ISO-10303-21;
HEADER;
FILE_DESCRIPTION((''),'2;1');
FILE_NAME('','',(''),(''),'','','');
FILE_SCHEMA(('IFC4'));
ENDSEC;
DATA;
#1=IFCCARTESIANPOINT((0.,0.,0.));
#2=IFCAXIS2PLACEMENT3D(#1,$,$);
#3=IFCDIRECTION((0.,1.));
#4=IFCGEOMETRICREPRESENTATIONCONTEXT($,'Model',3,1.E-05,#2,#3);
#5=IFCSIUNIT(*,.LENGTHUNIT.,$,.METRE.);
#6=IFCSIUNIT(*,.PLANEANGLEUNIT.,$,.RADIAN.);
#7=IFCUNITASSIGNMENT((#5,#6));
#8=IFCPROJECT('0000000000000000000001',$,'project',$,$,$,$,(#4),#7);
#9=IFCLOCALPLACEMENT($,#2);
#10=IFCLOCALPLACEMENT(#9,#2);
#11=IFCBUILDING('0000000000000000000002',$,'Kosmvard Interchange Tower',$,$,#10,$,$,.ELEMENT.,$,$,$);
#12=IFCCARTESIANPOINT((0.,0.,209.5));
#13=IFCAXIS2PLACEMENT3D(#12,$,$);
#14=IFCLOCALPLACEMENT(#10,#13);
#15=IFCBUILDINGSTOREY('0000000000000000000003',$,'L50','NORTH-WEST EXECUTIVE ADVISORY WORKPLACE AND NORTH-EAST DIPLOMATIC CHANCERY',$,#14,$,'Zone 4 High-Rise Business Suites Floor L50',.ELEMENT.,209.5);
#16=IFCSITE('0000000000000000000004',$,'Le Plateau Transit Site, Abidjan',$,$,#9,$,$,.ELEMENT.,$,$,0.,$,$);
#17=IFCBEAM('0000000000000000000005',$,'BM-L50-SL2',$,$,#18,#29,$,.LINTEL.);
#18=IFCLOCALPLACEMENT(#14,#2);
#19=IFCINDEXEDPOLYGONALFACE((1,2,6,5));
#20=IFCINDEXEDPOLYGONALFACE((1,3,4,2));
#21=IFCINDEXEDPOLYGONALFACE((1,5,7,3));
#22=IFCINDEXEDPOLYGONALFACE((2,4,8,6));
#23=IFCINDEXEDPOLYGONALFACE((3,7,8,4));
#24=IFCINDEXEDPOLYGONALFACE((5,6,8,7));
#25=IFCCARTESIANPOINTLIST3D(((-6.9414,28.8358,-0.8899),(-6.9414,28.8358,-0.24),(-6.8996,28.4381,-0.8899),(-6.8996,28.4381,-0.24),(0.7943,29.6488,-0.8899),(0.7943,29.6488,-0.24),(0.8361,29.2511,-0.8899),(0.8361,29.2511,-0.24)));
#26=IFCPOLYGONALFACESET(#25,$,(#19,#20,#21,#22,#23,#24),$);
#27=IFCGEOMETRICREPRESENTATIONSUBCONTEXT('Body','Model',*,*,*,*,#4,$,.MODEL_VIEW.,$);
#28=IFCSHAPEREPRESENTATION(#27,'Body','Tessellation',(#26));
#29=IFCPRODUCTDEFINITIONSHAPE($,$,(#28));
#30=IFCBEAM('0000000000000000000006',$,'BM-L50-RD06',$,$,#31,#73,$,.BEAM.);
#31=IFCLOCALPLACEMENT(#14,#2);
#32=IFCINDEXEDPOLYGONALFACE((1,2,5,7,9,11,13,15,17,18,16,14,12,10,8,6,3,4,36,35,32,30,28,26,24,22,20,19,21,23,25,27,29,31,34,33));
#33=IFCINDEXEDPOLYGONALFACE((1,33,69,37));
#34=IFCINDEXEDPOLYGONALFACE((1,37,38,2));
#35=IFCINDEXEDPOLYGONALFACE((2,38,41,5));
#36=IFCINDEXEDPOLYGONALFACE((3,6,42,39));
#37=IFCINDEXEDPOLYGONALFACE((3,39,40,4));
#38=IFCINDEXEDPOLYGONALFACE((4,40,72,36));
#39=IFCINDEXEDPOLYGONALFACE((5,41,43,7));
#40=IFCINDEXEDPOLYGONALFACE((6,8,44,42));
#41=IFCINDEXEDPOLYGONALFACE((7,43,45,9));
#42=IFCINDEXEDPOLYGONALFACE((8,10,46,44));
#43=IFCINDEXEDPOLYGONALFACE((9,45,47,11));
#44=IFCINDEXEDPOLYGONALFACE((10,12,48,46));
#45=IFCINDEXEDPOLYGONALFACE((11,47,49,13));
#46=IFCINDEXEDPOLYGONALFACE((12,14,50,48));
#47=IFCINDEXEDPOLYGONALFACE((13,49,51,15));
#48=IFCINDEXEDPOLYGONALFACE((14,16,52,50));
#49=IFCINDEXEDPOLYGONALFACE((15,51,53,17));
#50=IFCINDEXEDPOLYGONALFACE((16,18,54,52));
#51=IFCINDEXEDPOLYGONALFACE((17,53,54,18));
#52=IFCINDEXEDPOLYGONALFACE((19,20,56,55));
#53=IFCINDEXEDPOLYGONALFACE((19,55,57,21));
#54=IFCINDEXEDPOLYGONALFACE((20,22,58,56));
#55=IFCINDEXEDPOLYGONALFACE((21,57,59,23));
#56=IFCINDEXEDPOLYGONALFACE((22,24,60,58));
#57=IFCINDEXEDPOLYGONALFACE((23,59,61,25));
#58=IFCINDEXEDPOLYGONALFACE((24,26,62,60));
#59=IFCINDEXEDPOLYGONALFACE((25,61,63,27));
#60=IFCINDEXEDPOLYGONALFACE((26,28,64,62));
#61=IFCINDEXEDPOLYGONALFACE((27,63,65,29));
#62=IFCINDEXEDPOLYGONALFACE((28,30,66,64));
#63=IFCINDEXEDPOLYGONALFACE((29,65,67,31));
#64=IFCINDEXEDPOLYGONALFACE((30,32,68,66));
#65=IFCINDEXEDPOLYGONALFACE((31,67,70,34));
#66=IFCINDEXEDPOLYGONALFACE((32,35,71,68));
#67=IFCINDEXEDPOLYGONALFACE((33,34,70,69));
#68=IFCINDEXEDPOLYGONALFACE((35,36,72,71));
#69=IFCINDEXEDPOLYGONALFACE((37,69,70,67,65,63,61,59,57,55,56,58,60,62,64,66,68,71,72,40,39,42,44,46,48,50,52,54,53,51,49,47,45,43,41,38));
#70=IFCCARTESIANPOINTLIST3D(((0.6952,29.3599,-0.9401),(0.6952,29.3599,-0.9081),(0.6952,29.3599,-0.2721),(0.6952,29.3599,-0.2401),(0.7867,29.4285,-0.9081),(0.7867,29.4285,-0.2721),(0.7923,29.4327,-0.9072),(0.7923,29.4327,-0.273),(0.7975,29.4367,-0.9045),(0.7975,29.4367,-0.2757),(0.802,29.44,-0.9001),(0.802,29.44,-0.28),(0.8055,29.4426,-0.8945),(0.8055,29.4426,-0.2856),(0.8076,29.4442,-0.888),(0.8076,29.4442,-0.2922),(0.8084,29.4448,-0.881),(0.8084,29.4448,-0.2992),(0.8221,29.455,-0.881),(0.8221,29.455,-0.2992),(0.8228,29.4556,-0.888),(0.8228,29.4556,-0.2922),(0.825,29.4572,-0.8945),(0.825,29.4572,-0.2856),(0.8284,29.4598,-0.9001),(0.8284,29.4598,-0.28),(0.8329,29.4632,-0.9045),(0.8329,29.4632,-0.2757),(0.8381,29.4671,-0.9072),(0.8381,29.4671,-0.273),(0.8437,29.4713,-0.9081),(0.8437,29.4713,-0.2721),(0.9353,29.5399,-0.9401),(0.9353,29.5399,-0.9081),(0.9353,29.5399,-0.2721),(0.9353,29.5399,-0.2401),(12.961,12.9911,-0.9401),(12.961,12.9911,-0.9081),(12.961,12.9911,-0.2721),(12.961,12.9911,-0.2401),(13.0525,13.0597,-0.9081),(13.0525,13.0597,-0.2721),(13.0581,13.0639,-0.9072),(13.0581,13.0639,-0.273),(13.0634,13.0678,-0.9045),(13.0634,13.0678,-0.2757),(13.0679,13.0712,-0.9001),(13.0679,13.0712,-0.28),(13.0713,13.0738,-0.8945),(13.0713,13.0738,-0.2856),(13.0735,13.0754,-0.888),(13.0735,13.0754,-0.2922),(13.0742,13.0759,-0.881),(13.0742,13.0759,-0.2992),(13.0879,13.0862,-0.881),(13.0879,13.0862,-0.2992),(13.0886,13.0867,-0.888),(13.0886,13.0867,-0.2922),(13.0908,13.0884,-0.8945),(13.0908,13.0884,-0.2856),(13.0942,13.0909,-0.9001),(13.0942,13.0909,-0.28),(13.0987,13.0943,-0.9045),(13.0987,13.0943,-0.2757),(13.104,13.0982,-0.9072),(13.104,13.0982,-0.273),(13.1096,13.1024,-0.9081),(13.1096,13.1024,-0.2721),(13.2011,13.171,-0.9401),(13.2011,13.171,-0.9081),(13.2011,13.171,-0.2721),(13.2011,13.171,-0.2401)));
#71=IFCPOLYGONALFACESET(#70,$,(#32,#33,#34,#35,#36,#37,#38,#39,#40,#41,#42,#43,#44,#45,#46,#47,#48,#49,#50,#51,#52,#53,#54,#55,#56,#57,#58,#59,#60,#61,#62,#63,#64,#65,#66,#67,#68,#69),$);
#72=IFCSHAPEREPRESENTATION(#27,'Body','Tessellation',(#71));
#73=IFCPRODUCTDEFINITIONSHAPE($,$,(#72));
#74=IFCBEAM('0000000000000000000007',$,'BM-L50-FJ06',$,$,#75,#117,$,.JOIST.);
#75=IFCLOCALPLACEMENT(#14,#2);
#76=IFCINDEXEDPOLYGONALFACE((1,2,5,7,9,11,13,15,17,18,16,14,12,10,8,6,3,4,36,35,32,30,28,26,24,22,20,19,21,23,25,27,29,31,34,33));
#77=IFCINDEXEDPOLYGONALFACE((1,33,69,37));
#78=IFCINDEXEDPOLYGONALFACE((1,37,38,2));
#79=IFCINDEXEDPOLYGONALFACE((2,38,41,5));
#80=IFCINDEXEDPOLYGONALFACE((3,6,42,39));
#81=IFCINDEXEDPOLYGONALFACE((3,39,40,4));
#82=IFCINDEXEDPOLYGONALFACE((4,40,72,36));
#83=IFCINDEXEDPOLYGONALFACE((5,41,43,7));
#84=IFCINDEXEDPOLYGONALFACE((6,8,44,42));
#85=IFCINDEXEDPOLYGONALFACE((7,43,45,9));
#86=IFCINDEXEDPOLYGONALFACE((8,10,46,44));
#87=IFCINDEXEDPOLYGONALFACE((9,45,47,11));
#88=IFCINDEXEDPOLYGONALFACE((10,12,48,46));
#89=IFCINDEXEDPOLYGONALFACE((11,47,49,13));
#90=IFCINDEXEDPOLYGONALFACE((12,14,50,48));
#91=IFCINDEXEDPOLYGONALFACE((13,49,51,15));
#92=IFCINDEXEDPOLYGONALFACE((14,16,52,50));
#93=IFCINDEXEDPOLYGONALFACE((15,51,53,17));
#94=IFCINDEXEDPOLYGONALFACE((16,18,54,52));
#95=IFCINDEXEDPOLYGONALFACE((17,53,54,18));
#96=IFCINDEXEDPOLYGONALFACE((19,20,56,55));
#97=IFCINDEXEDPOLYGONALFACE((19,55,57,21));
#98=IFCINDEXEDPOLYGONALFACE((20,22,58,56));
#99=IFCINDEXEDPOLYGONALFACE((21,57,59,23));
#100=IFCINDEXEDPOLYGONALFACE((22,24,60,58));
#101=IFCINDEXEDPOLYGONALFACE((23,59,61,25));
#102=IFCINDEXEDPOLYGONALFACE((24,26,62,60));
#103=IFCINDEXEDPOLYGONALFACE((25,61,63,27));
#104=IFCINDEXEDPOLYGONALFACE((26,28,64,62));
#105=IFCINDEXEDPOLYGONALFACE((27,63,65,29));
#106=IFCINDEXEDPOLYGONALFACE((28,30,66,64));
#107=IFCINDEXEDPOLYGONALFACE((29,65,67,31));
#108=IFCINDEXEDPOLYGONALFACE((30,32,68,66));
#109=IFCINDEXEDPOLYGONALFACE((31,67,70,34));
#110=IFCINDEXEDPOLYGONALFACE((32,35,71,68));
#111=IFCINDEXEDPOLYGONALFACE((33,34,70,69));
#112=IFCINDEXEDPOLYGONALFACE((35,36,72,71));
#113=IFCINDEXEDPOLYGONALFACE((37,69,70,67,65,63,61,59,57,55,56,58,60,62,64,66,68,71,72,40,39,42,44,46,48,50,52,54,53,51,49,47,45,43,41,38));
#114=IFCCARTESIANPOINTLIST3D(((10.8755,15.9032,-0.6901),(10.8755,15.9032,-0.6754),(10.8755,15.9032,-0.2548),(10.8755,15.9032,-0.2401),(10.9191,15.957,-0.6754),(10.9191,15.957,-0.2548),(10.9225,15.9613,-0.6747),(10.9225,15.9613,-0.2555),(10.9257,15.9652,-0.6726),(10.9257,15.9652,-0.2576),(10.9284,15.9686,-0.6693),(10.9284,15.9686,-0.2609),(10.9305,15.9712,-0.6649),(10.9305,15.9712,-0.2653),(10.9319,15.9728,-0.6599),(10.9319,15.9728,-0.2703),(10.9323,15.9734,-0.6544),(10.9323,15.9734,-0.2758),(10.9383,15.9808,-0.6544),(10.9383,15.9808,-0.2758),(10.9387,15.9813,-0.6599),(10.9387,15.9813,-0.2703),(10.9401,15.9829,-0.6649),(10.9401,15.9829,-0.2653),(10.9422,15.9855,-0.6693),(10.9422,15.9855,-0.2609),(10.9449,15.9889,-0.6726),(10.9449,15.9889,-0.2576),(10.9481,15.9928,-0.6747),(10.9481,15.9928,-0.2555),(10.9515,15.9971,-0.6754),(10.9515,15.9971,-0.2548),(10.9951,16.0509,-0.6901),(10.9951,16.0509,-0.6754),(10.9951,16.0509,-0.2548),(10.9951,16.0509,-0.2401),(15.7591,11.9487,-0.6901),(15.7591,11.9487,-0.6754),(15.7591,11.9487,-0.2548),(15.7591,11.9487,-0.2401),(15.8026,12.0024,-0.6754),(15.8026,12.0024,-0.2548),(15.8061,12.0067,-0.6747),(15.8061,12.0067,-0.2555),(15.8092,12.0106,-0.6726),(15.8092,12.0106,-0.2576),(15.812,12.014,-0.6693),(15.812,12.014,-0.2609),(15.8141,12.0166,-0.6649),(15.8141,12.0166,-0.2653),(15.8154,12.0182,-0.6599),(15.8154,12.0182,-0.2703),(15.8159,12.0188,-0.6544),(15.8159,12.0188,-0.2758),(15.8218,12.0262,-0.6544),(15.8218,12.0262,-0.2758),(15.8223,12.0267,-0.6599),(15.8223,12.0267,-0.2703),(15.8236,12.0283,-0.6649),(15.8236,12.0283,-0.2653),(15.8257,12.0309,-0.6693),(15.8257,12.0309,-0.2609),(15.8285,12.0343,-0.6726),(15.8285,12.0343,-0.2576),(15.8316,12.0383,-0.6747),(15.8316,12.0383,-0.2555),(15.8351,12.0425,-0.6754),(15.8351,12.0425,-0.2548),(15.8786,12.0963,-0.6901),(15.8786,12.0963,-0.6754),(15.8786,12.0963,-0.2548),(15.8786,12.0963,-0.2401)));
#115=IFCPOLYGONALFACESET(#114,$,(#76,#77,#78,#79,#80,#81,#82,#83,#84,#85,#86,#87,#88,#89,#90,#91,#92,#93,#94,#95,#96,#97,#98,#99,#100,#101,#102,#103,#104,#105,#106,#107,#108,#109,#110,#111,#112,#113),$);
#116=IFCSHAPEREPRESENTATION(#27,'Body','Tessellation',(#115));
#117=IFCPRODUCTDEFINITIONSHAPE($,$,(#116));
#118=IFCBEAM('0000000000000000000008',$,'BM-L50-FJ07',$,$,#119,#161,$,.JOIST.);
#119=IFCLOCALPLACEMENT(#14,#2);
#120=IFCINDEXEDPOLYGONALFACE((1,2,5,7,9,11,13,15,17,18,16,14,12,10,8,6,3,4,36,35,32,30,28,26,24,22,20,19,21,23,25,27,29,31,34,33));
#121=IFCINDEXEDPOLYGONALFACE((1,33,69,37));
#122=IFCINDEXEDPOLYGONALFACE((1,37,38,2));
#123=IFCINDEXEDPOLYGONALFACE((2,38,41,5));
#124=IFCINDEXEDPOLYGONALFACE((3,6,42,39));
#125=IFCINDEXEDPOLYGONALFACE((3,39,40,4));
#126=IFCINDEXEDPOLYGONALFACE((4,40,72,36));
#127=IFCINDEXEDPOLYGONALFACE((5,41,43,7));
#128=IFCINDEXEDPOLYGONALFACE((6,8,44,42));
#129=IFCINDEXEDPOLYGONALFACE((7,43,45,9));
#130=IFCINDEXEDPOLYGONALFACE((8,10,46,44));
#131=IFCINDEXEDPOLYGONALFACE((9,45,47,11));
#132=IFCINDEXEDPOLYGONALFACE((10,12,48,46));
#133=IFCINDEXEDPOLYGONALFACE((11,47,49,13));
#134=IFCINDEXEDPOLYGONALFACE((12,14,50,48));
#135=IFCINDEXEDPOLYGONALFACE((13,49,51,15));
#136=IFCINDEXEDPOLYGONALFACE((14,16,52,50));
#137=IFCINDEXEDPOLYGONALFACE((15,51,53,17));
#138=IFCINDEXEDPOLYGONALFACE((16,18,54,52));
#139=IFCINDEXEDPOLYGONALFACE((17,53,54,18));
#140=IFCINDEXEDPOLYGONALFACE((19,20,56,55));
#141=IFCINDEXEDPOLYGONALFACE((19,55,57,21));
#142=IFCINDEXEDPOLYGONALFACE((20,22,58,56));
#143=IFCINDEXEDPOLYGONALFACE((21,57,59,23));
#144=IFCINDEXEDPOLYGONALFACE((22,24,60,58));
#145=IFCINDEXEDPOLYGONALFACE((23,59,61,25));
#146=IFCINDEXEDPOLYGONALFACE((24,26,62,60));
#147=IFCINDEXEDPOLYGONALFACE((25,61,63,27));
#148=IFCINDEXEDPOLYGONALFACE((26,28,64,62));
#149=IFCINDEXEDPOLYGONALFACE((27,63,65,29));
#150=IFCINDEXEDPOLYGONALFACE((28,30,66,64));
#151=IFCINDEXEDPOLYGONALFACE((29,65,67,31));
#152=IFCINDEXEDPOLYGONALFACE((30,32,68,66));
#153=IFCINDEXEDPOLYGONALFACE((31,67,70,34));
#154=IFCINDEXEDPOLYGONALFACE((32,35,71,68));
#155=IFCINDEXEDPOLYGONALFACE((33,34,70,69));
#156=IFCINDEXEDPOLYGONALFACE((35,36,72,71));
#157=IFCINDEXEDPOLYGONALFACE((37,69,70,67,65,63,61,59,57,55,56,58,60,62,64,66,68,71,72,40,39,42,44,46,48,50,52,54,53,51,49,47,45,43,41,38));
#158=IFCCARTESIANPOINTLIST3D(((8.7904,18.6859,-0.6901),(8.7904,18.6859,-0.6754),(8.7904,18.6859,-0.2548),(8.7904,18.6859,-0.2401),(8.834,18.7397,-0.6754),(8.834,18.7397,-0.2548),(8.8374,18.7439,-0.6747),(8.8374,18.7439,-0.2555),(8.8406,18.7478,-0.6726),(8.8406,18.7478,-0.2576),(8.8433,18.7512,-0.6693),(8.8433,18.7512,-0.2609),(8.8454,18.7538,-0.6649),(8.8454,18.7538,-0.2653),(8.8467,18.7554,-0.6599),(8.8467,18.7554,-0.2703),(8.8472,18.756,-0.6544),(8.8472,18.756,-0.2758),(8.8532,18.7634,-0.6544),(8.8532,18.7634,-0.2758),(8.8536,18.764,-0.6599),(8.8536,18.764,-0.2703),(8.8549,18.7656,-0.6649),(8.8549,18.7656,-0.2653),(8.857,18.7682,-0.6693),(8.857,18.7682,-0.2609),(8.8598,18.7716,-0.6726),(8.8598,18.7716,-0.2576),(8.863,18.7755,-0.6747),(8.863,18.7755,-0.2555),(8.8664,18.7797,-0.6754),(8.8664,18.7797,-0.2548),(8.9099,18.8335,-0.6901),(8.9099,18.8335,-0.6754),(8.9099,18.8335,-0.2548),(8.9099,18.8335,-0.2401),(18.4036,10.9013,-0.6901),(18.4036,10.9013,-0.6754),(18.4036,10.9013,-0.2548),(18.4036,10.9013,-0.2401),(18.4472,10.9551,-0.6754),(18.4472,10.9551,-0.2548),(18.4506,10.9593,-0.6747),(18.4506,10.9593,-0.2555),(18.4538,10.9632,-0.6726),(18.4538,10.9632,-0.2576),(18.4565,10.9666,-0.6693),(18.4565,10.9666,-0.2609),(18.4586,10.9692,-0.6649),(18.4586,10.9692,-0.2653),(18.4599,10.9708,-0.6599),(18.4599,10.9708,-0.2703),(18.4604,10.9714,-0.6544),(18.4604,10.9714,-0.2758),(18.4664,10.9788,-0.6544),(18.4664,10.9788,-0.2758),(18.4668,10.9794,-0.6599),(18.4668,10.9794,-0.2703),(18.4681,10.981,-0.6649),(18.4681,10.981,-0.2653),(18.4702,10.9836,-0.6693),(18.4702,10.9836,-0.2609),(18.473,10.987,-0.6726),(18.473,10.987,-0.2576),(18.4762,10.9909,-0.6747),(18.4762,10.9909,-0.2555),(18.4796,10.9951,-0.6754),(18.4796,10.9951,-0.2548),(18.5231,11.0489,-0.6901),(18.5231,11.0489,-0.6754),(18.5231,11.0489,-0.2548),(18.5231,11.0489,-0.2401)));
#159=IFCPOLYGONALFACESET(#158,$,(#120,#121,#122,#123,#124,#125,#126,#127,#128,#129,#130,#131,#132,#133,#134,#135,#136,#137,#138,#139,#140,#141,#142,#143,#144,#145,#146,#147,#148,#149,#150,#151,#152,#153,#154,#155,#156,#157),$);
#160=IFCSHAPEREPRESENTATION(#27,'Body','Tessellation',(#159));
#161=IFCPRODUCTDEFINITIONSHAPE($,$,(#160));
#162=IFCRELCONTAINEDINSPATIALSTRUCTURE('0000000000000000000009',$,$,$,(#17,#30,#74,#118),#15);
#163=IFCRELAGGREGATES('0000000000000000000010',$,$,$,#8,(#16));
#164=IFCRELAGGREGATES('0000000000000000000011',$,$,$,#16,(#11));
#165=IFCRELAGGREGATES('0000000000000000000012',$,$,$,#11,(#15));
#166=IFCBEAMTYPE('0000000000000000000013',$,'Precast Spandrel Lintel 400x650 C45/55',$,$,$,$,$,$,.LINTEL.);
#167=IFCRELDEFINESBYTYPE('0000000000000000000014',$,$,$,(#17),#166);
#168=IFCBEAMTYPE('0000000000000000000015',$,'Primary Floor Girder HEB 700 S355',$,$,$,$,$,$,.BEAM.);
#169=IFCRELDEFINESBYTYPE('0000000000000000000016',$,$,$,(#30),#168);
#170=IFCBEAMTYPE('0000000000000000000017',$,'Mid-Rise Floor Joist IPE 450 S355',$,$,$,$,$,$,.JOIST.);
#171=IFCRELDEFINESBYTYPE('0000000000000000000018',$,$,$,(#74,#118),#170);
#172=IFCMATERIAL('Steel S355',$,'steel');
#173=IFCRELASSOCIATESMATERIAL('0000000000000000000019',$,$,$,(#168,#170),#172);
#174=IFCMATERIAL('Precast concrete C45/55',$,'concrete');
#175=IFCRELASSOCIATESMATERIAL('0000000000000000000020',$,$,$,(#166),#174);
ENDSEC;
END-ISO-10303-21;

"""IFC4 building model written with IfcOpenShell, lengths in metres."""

from ifc_helpers import new_model, si_unit, direction, frame, origin, origin_2d, place, context, subcontext, project, spatial, rectangle, i_section, extrude, source, transform, mapped, material, material_profile, profile_set, type_object, element, save


model = new_model("IFC4")

# Units and contexts
model_context = context("Model", 3, precision=1e-05, world=origin(), true_north=direction((0.0, 1.0)))
body_context = subcontext(model_context, "Body", "Model", "MODEL_VIEW")
ifc_project = project(units=[si_unit("LENGTHUNIT", "METRE"), si_unit("PLANEANGLEUNIT", "RADIAN")], contexts=[model_context])

# Site, building, storey
site_placement = place(None, origin())
site = spatial("IfcSite", under=ifc_project, at=site_placement, Name="Le Plateau Transit Site, Abidjan", CompositionType="ELEMENT", RefElevation=0.0)
building_placement = place(site_placement, origin())
building = spatial("IfcBuilding", under=site, at=building_placement, Name="Kosmvard Interchange Tower", CompositionType="ELEMENT")
storey_placement = place(building_placement, frame((0.0, 0.0, 209.5)))
storey = spatial("IfcBuildingStorey", under=building, at=storey_placement, Name="L50", Description="NORTH-WEST EXECUTIVE ADVISORY WORKPLACE AND NORTH-EAST DIPLOMATIC CHANCERY", LongName="Zone 4 High-Rise Business Suites Floor L50", CompositionType="ELEMENT", Elevation=209.5)

# Beams
ifc_material_1 = material(Name="Steel S355", Category="steel")
ifc_material_profile_1 = material_profile(ifc_material_1, i_section(OverallWidth=0.3, OverallDepth=0.7, WebThickness=0.0171, FlangeThickness=0.032, FilletRadius=0.0271, at=origin_2d()), Name="HEB 700")
ifc_profile_set_1 = profile_set([ifc_material_profile_1], Name="Steel S355")
beam_type_1 = type_object("IfcBeamType", Name="Primary Floor Girder HEB 700 S355", PredefinedType="BEAM", material=ifc_profile_set_1)
ifc_material_2 = material(Name="Precast concrete C45/55", Category="concrete")
ifc_material_profile_2 = material_profile(ifc_material_2, rectangle(XDim=0.3999, YDim=0.6499, at=origin_2d()), Name="SL 400x650")
ifc_profile_set_2 = profile_set([ifc_material_profile_2], Name="Precast concrete C45/55")
beam_type_2 = type_object("IfcBeamType", Name="Precast Spandrel Lintel 400x650 C45/55", PredefinedType="LINTEL", material=ifc_profile_set_2)
shared_shape_1 = source(origin(), body_context, "Body", "SweptSolid", [
    extrude(rectangle(XDim=0.3999, YDim=0.6499, at=origin_2d()), origin(), (0.0, 0.0, 1.0), 7.7783),
])
beam_1_placement = place(storey_placement, frame((0.8152, 29.45, -0.5649), z_axis=(-0.994523, -0.104521, 0.0), x_axis=(0.104521, -0.994523, 0.0)))
element("IfcBeam", 1, at=beam_1_placement, inside=storey, type_object=beam_type_2, Name="BM-L50-SL2", PredefinedType="LINTEL", context=body_context, shape_type="MappedRepresentation", body=[
    mapped(shared_shape_1, transform((0.0, 0.0, 0.0), scale=1.0)),
])
shared_shape_2 = source(origin(), body_context, "Body", "SweptSolid", [
    extrude(i_section(OverallWidth=0.3, OverallDepth=0.7, WebThickness=0.0171, FlangeThickness=0.032, FilletRadius=0.0271, at=origin_2d()), origin(), (0.0, 0.0, 1.0), 20.4546),
])
beam_2_placement = place(storey_placement, frame((13.0811, 13.0811, -0.5901), z_axis=(-0.599662, 0.800253, 0.0), x_axis=(-0.800253, -0.599662, 0.0)))
element("IfcBeam", 2, at=beam_2_placement, inside=storey, type_object=beam_type_1, Name="BM-L50-RD06", PredefinedType="BEAM", context=body_context, shape_type="MappedRepresentation", body=[
    mapped(shared_shape_2, transform((0.0, 0.0, 0.0), scale=1.0)),
])
ifc_material_profile_3 = material_profile(ifc_material_1, i_section(OverallWidth=0.1899, OverallDepth=0.45, WebThickness=0.0095, FlangeThickness=0.0146, FilletRadius=0.021, at=origin_2d()), Name="IPE 450")
ifc_profile_set_3 = profile_set([ifc_material_profile_3], Name="Steel S355")
beam_type_3 = type_object("IfcBeamType", Name="Mid-Rise Floor Joist IPE 450 S355", PredefinedType="JOIST", material=ifc_profile_set_3)
shared_shape_3 = source(origin(), body_context, "Body", "SweptSolid", [
    extrude(i_section(OverallWidth=0.1899, OverallDepth=0.45, WebThickness=0.0095, FlangeThickness=0.0146, FilletRadius=0.021, at=origin_2d()), origin(), (0.0, 0.0, 1.0), 6.2839),
])
beam_3_placement = place(storey_placement, frame((15.8188, 12.0225, -0.4651), z_axis=(-0.777148, 0.629318, 0.0), x_axis=(-0.629318, -0.777148, 0.0)))
element("IfcBeam", 3, at=beam_3_placement, inside=storey, type_object=beam_type_3, Name="BM-L50-FJ06", PredefinedType="JOIST", context=body_context, shape_type="MappedRepresentation", body=[
    mapped(shared_shape_3, transform((0.0, 0.0, 0.0), scale=1.0)),
])
shared_shape_4 = source(origin(), body_context, "Body", "SweptSolid", [
    extrude(i_section(OverallWidth=0.1899, OverallDepth=0.45, WebThickness=0.0095, FlangeThickness=0.0146, FilletRadius=0.021, at=origin_2d()), origin(), (0.0, 0.0, 1.0), 12.3699),
])
beam_4_placement = place(storey_placement, frame((18.4634, 10.9751, -0.4651), z_axis=(-0.777147, 0.62932, 0.0), x_axis=(-0.62932, -0.777147, 0.0)))
element("IfcBeam", 4, at=beam_4_placement, inside=storey, type_object=beam_type_3, Name="BM-L50-FJ07", PredefinedType="JOIST", context=body_context, shape_type="MappedRepresentation", body=[
    mapped(shared_shape_4, transform((0.0, 0.0, 0.0), scale=1.0)),
])

save(model, "model.ifc")
